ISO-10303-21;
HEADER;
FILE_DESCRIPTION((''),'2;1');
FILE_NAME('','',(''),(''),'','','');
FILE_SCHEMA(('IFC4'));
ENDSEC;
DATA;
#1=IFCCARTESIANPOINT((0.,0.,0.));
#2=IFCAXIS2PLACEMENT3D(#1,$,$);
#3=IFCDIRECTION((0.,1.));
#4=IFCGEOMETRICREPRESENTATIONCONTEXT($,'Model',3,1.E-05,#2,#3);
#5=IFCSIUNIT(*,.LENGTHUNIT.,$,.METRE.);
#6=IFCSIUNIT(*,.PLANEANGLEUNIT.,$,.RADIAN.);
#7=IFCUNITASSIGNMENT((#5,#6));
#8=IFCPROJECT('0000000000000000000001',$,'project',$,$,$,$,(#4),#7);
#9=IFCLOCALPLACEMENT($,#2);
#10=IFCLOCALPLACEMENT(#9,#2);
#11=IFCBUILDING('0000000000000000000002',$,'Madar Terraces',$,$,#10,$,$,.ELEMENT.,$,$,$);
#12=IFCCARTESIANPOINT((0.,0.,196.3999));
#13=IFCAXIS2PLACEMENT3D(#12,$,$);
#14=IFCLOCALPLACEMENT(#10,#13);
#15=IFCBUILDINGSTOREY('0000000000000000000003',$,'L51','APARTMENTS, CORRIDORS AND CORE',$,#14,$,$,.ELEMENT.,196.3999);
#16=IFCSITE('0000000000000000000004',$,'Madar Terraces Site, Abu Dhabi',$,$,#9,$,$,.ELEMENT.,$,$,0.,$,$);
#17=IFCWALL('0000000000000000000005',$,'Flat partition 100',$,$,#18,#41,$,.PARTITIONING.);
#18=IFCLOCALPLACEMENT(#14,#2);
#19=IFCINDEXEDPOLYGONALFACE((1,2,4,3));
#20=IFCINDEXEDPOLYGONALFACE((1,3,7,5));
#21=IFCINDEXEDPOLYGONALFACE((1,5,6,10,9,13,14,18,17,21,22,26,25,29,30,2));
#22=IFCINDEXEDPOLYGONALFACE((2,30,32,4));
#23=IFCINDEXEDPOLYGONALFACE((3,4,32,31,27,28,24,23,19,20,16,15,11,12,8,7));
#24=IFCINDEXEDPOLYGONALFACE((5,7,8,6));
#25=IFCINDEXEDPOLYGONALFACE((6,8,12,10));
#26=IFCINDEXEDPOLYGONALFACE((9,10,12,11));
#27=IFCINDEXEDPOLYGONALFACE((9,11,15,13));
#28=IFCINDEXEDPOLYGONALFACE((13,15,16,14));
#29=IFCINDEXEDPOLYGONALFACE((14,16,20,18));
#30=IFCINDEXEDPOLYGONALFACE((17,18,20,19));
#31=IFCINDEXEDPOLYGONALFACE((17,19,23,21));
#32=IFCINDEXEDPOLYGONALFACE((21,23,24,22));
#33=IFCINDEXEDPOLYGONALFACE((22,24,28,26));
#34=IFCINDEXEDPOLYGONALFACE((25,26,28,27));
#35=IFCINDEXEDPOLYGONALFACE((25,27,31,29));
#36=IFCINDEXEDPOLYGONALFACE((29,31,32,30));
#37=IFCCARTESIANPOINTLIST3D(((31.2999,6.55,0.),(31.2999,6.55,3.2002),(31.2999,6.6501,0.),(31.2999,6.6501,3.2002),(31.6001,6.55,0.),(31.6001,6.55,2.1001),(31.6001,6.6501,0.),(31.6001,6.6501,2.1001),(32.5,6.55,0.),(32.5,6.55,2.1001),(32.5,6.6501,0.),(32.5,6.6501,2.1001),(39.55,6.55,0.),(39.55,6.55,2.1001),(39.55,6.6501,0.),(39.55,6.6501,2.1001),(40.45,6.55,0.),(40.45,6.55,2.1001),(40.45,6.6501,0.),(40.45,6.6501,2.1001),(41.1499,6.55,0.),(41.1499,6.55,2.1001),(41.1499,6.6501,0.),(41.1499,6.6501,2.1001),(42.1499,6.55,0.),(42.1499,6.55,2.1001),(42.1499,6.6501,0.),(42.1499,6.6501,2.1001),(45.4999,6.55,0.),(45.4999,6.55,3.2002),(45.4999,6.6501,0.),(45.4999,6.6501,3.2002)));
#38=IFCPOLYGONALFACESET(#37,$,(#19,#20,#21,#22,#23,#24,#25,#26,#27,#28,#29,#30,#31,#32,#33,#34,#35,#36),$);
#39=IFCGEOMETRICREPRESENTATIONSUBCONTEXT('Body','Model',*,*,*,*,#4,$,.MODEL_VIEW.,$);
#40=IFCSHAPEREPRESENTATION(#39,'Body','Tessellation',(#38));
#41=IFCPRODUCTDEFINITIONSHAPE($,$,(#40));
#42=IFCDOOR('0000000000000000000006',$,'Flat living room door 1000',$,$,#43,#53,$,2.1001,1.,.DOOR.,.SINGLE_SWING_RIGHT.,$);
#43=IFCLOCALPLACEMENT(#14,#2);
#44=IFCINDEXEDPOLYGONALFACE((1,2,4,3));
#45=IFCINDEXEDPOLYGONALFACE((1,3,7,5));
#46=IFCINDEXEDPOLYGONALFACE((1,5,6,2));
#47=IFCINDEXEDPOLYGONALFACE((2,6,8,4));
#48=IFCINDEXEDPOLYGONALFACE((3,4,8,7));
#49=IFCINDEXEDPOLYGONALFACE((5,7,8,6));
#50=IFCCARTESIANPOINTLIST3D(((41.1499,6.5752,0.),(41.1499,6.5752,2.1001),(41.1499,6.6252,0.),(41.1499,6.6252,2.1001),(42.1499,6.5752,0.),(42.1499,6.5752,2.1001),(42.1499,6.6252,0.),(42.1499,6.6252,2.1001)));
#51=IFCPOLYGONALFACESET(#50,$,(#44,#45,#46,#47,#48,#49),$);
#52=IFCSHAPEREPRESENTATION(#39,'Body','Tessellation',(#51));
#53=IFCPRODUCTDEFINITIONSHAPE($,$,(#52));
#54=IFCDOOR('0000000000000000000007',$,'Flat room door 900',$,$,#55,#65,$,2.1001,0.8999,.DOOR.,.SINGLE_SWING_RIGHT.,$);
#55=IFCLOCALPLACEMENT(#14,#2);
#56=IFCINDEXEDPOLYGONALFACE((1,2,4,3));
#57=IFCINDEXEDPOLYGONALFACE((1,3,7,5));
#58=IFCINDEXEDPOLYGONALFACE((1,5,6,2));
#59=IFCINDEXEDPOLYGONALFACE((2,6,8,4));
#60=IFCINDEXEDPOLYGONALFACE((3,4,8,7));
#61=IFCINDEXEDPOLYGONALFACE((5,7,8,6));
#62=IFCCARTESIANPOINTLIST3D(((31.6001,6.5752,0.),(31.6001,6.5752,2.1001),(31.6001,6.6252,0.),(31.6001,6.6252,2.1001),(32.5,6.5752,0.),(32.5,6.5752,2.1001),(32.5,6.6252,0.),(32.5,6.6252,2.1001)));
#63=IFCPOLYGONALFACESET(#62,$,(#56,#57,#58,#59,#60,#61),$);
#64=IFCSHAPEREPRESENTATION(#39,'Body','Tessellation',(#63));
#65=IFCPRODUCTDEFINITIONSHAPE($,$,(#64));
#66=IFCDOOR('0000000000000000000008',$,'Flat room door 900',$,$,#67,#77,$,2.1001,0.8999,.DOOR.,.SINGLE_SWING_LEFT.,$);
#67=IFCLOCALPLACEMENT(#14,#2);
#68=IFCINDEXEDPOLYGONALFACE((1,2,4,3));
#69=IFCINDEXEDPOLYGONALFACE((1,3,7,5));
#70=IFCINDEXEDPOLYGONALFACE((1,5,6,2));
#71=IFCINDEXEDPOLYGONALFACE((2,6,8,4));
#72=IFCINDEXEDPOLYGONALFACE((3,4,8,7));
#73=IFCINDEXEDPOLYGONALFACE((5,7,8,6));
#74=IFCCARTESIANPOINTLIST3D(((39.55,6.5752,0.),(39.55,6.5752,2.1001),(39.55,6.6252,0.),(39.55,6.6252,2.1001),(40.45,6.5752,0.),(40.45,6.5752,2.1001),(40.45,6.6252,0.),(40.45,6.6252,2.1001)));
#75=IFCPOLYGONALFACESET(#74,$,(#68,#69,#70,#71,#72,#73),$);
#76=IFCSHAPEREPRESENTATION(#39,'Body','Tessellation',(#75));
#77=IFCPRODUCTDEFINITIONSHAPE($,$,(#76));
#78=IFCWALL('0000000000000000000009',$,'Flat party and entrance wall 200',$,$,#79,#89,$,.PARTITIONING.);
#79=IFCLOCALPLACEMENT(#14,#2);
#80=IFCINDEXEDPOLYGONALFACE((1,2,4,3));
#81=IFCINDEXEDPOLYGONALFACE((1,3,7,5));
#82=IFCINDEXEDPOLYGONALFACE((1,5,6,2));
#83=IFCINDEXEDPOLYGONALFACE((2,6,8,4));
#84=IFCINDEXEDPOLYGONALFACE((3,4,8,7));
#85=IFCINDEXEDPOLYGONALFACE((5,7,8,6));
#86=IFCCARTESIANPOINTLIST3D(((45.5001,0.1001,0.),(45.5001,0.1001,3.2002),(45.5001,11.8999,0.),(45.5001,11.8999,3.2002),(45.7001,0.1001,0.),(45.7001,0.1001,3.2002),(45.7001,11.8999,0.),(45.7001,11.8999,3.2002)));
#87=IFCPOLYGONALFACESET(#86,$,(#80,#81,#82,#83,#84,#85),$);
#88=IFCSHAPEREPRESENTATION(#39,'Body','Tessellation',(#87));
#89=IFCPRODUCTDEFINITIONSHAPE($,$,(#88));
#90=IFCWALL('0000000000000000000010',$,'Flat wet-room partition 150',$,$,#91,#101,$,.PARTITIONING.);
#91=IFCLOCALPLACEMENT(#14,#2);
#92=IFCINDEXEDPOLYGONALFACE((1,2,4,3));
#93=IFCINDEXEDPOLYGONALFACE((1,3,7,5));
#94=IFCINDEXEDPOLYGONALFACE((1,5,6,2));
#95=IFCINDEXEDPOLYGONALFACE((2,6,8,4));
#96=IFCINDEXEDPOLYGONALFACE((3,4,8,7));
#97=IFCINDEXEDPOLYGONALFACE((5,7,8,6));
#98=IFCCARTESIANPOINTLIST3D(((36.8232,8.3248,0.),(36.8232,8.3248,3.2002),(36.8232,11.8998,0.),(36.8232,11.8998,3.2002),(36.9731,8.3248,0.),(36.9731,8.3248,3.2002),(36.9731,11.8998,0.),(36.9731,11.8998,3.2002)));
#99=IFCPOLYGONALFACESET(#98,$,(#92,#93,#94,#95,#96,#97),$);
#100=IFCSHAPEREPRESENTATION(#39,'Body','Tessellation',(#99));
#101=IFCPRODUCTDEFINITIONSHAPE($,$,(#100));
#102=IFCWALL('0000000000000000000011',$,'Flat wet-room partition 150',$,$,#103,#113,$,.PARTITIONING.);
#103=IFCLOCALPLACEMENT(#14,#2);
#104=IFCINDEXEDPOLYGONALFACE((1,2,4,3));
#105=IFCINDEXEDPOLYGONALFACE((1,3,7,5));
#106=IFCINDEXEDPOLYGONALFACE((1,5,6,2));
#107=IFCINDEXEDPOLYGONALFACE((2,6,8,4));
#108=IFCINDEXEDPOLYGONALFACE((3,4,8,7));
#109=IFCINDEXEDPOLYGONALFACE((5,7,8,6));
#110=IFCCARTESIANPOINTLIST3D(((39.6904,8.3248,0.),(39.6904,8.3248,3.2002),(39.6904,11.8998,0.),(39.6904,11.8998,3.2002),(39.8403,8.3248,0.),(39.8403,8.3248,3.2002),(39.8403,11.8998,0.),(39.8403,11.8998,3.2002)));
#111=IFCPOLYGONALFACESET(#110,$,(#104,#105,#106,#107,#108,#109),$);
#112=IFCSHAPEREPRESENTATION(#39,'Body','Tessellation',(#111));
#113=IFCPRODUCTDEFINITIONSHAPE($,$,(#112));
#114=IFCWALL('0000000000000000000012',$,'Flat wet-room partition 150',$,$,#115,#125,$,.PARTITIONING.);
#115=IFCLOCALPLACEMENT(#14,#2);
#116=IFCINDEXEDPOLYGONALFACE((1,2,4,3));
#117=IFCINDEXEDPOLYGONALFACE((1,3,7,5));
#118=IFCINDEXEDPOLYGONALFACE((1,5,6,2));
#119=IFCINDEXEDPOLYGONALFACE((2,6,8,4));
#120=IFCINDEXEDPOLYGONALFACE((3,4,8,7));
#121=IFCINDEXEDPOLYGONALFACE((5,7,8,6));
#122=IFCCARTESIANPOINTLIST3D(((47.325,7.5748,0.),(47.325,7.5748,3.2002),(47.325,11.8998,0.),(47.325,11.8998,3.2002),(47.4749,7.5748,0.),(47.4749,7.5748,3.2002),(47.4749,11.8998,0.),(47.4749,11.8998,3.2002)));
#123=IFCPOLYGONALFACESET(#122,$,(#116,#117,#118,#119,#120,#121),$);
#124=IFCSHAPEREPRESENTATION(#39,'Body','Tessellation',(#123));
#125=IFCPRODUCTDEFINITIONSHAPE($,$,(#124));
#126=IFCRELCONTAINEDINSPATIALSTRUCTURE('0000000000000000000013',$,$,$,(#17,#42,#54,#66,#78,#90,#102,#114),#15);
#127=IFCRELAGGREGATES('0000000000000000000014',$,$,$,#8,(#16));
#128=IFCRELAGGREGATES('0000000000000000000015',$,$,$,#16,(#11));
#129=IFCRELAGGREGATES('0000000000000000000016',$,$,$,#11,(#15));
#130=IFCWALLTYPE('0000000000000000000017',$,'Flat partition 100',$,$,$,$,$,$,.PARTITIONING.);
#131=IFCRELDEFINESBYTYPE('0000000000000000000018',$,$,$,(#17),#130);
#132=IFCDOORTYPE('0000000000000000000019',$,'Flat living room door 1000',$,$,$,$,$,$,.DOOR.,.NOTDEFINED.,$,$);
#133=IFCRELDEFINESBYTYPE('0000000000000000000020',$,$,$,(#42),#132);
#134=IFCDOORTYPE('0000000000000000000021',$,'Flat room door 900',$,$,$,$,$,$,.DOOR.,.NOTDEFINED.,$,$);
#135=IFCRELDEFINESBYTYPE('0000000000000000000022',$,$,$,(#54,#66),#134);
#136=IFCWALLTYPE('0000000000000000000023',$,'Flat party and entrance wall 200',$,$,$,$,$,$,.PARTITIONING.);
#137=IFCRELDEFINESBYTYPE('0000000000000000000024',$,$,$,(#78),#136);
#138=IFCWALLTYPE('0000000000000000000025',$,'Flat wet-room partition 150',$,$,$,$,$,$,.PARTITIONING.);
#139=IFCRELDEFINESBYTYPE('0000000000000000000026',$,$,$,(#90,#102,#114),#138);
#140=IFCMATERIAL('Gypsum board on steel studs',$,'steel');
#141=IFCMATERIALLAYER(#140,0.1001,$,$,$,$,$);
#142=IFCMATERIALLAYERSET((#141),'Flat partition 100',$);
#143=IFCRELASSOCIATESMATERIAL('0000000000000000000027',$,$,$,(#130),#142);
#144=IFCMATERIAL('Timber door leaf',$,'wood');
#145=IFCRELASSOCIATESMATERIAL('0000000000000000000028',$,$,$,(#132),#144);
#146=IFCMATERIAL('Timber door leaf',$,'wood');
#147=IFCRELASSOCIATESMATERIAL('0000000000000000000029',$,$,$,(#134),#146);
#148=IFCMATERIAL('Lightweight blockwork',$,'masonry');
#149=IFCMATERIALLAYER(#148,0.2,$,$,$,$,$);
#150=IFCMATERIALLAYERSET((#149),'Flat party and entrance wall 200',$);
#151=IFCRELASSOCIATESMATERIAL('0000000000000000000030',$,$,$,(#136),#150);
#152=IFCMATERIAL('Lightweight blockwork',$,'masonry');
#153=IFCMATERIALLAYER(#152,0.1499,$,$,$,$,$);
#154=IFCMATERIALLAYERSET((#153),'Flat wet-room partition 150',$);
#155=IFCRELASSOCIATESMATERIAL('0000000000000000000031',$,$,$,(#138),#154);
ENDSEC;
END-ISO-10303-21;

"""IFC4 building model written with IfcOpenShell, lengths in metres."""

from ifc_helpers import new_model, si_unit, direction, frame, frame_2d, origin, place, context, subcontext, project, spatial, rectangle, extrude, material, layer, layer_set, type_object, element, fill, save


model = new_model("IFC4")

# Units and contexts
model_context = context("Model", 3, precision=1e-05, world=origin(), true_north=direction((0.0, 1.0)))
body_context = subcontext(model_context, "Body", "Model", "MODEL_VIEW")
ifc_project = project(units=[si_unit("LENGTHUNIT", "METRE"), si_unit("PLANEANGLEUNIT", "RADIAN")], contexts=[model_context])

# Site, building, storey
site_placement = place(None, origin())
site = spatial("IfcSite", under=ifc_project, at=site_placement, Name="Madar Terraces Site, Abu Dhabi", CompositionType="ELEMENT", RefElevation=0.0)
building_placement = place(site_placement, origin())
building = spatial("IfcBuilding", under=site, at=building_placement, Name="Madar Terraces", CompositionType="ELEMENT")
storey_placement = place(building_placement, frame((0.0, 0.0, 196.3999)))
storey = spatial("IfcBuildingStorey", under=building, at=storey_placement, Name="L51", Description="APARTMENTS, CORRIDORS AND CORE", CompositionType="ELEMENT", Elevation=196.3999)

# Shared definitions
ifc_material_1 = material(Name="Gypsum board on steel studs", Category="steel")
ifc_layer_1 = layer(ifc_material_1, 0.1001)
ifc_layer_set_1 = layer_set([ifc_layer_1], Name="Flat partition 100")
wall_type_1 = type_object("IfcWallType", Name="Flat partition 100", PredefinedType="PARTITIONING", material=ifc_layer_set_1)

# Wall, openings, doors
wall_1_placement = place(storey_placement, frame((45.5, 6.6001, 0.0), z_axis=(0.0, 0.0, 1.0), x_axis=(-1.0, 0.0, 0.0)))
wall_1 = element("IfcWall", 1, at=wall_1_placement, inside=storey, type_object=wall_type_1, Name="Flat partition 100", PredefinedType="PARTITIONING", context=body_context, shape_type="SweptSolid", body=[
    extrude(rectangle(XDim=14.2, YDim=0.1001, at=frame_2d((7.1001, 0.0))), origin(), (0.0, 0.0, 1.0), 3.2002),
])
opening_1_placement = place(wall_1_placement, frame((13.0, 0.0, 0.0)))
opening_1 = element("IfcOpeningElement", 2, at=opening_1_placement, cuts=wall_1, PredefinedType="OPENING", context=body_context, shape_type="SweptSolid", body=[
    extrude(rectangle(XDim=0.8999, YDim=2.1001, at=frame_2d((0.45, 1.05))), frame((0.0, 0.0601, 0.0), z_axis=(0.0, -1.0, 0.0), x_axis=(1.0, 0.0, 0.0)), (0.0, 0.0, 1.0), 0.1201),
])
opening_2_placement = place(wall_1_placement, frame((5.05, 0.0, 0.0)))
opening_2 = element("IfcOpeningElement", 3, at=opening_2_placement, cuts=wall_1, PredefinedType="OPENING", context=body_context, shape_type="SweptSolid", body=[
    extrude(rectangle(XDim=0.8999, YDim=2.1001, at=frame_2d((0.45, 1.05))), frame((0.0, 0.0601, 0.0), z_axis=(0.0, -1.0, 0.0), x_axis=(1.0, 0.0, 0.0)), (0.0, 0.0, 1.0), 0.1201),
])
opening_3_placement = place(wall_1_placement, frame((3.3501, 0.0, 0.0)))
opening_3 = element("IfcOpeningElement", 4, at=opening_3_placement, cuts=wall_1, PredefinedType="OPENING", context=body_context, shape_type="SweptSolid", body=[
    extrude(rectangle(XDim=1.0, YDim=2.1001, at=frame_2d((0.5, 1.05))), frame((0.0, 0.0601, 0.0), z_axis=(0.0, -1.0, 0.0), x_axis=(1.0, 0.0, 0.0)), (0.0, 0.0, 1.0), 0.1201),
])
ifc_material_2 = material(Name="Timber door leaf", Category="wood")
door_type_1 = type_object("IfcDoorType", Name="Flat living room door 1000", OperationType="NOTDEFINED", PredefinedType="DOOR", material=ifc_material_2)
door_1_placement = place(opening_3_placement, origin())
door_1 = element("IfcDoor", 5, at=door_1_placement, inside=storey, type_object=door_type_1, Name="Flat living room door 1000", OperationType="SINGLE_SWING_RIGHT", OverallHeight=2.1001, OverallWidth=1.0, PredefinedType="DOOR", context=body_context, shape_type="SweptSolid", body=[
    extrude(rectangle(XDim=1.0, YDim=2.1001, at=frame_2d((0.5, 1.05))), frame((0.0, 0.0249, 0.0), z_axis=(0.0, -1.0, 0.0), x_axis=(1.0, 0.0, 0.0)), (0.0, 0.0, 1.0), 0.05),
])
fill(opening_3, door_1)
ifc_material_3 = material(Name="Timber door leaf", Category="wood")
door_type_2 = type_object("IfcDoorType", Name="Flat room door 900", OperationType="NOTDEFINED", PredefinedType="DOOR", material=ifc_material_3)
door_2_placement = place(opening_1_placement, origin())
door_2 = element("IfcDoor", 6, at=door_2_placement, inside=storey, type_object=door_type_2, Name="Flat room door 900", OperationType="SINGLE_SWING_RIGHT", OverallHeight=2.1001, OverallWidth=0.8999, PredefinedType="DOOR", context=body_context, shape_type="SweptSolid", body=[
    extrude(rectangle(XDim=0.8999, YDim=2.1001, at=frame_2d((0.45, 1.05))), frame((0.0, 0.0249, 0.0), z_axis=(0.0, -1.0, 0.0), x_axis=(1.0, 0.0, 0.0)), (0.0, 0.0, 1.0), 0.05),
])
fill(opening_1, door_2)
door_3_placement = place(opening_2_placement, origin())
door_3 = element("IfcDoor", 7, at=door_3_placement, inside=storey, type_object=door_type_2, Name="Flat room door 900", OperationType="SINGLE_SWING_LEFT", OverallHeight=2.1001, OverallWidth=0.8999, PredefinedType="DOOR", context=body_context, shape_type="SweptSolid", body=[
    extrude(rectangle(XDim=0.8999, YDim=2.1001, at=frame_2d((0.45, 1.05))), frame((0.0, 0.0249, 0.0), z_axis=(0.0, -1.0, 0.0), x_axis=(1.0, 0.0, 0.0)), (0.0, 0.0, 1.0), 0.05),
])
fill(opening_2, door_3)

# Walls
ifc_material_4 = material(Name="Lightweight blockwork", Category="masonry")
ifc_layer_2 = layer(ifc_material_4, 0.2)
ifc_layer_set_2 = layer_set([ifc_layer_2], Name="Flat party and entrance wall 200")
wall_type_2 = type_object("IfcWallType", Name="Flat party and entrance wall 200", PredefinedType="PARTITIONING", material=ifc_layer_set_2)
wall_2_placement = place(storey_placement, frame((45.6001, 11.8999, 0.0), z_axis=(0.0, 0.0, 1.0), x_axis=(0.0, -1.0, 0.0)))
element("IfcWall", 8, at=wall_2_placement, inside=storey, type_object=wall_type_2, Name="Flat party and entrance wall 200", PredefinedType="PARTITIONING", context=body_context, shape_type="SweptSolid", body=[
    extrude(rectangle(XDim=11.7998, YDim=0.2, at=frame_2d((5.8999, 0.0))), origin(), (0.0, 0.0, 1.0), 3.2002),
])
ifc_material_5 = material(Name="Lightweight blockwork", Category="masonry")
ifc_layer_3 = layer(ifc_material_5, 0.1499)
ifc_layer_set_3 = layer_set([ifc_layer_3], Name="Flat wet-room partition 150")
wall_type_3 = type_object("IfcWallType", Name="Flat wet-room partition 150", PredefinedType="PARTITIONING", material=ifc_layer_set_3)
for number, where, z_axis, x_axis, name in (
    (9, (36.8982, 11.8999, 0.0), (0.0, 0.0, 1.0), (0.0, -1.0, 0.0), "Flat wet-room partition 150"),
    (10, (39.7654, 11.8999, 0.0), (0.0, 0.0, 1.0), (0.0, -1.0, 0.0), "Flat wet-room partition 150"),
):
    element("IfcWall", number, at=place(storey_placement, frame(where, z_axis=z_axis, x_axis=x_axis)), inside=storey, type_object=wall_type_3, Name=name, PredefinedType="PARTITIONING", context=body_context, shape_type="SweptSolid", body=[
        extrude(rectangle(XDim=3.575, YDim=0.1499, at=frame_2d((1.7876, 0.0))), origin(), (0.0, 0.0, 1.0), 3.2002),
    ])
wall_3_placement = place(storey_placement, frame((47.3999, 11.8999, 0.0), z_axis=(0.0, 0.0, 1.0), x_axis=(0.0, -1.0, 0.0)))
element("IfcWall", 11, at=wall_3_placement, inside=storey, type_object=wall_type_3, Name="Flat wet-room partition 150", PredefinedType="PARTITIONING", context=body_context, shape_type="SweptSolid", body=[
    extrude(rectangle(XDim=4.325, YDim=0.1499, at=frame_2d((2.1626, 0.0))), origin(), (0.0, 0.0, 1.0), 3.2002),
])

save(model, "model.ifc")
